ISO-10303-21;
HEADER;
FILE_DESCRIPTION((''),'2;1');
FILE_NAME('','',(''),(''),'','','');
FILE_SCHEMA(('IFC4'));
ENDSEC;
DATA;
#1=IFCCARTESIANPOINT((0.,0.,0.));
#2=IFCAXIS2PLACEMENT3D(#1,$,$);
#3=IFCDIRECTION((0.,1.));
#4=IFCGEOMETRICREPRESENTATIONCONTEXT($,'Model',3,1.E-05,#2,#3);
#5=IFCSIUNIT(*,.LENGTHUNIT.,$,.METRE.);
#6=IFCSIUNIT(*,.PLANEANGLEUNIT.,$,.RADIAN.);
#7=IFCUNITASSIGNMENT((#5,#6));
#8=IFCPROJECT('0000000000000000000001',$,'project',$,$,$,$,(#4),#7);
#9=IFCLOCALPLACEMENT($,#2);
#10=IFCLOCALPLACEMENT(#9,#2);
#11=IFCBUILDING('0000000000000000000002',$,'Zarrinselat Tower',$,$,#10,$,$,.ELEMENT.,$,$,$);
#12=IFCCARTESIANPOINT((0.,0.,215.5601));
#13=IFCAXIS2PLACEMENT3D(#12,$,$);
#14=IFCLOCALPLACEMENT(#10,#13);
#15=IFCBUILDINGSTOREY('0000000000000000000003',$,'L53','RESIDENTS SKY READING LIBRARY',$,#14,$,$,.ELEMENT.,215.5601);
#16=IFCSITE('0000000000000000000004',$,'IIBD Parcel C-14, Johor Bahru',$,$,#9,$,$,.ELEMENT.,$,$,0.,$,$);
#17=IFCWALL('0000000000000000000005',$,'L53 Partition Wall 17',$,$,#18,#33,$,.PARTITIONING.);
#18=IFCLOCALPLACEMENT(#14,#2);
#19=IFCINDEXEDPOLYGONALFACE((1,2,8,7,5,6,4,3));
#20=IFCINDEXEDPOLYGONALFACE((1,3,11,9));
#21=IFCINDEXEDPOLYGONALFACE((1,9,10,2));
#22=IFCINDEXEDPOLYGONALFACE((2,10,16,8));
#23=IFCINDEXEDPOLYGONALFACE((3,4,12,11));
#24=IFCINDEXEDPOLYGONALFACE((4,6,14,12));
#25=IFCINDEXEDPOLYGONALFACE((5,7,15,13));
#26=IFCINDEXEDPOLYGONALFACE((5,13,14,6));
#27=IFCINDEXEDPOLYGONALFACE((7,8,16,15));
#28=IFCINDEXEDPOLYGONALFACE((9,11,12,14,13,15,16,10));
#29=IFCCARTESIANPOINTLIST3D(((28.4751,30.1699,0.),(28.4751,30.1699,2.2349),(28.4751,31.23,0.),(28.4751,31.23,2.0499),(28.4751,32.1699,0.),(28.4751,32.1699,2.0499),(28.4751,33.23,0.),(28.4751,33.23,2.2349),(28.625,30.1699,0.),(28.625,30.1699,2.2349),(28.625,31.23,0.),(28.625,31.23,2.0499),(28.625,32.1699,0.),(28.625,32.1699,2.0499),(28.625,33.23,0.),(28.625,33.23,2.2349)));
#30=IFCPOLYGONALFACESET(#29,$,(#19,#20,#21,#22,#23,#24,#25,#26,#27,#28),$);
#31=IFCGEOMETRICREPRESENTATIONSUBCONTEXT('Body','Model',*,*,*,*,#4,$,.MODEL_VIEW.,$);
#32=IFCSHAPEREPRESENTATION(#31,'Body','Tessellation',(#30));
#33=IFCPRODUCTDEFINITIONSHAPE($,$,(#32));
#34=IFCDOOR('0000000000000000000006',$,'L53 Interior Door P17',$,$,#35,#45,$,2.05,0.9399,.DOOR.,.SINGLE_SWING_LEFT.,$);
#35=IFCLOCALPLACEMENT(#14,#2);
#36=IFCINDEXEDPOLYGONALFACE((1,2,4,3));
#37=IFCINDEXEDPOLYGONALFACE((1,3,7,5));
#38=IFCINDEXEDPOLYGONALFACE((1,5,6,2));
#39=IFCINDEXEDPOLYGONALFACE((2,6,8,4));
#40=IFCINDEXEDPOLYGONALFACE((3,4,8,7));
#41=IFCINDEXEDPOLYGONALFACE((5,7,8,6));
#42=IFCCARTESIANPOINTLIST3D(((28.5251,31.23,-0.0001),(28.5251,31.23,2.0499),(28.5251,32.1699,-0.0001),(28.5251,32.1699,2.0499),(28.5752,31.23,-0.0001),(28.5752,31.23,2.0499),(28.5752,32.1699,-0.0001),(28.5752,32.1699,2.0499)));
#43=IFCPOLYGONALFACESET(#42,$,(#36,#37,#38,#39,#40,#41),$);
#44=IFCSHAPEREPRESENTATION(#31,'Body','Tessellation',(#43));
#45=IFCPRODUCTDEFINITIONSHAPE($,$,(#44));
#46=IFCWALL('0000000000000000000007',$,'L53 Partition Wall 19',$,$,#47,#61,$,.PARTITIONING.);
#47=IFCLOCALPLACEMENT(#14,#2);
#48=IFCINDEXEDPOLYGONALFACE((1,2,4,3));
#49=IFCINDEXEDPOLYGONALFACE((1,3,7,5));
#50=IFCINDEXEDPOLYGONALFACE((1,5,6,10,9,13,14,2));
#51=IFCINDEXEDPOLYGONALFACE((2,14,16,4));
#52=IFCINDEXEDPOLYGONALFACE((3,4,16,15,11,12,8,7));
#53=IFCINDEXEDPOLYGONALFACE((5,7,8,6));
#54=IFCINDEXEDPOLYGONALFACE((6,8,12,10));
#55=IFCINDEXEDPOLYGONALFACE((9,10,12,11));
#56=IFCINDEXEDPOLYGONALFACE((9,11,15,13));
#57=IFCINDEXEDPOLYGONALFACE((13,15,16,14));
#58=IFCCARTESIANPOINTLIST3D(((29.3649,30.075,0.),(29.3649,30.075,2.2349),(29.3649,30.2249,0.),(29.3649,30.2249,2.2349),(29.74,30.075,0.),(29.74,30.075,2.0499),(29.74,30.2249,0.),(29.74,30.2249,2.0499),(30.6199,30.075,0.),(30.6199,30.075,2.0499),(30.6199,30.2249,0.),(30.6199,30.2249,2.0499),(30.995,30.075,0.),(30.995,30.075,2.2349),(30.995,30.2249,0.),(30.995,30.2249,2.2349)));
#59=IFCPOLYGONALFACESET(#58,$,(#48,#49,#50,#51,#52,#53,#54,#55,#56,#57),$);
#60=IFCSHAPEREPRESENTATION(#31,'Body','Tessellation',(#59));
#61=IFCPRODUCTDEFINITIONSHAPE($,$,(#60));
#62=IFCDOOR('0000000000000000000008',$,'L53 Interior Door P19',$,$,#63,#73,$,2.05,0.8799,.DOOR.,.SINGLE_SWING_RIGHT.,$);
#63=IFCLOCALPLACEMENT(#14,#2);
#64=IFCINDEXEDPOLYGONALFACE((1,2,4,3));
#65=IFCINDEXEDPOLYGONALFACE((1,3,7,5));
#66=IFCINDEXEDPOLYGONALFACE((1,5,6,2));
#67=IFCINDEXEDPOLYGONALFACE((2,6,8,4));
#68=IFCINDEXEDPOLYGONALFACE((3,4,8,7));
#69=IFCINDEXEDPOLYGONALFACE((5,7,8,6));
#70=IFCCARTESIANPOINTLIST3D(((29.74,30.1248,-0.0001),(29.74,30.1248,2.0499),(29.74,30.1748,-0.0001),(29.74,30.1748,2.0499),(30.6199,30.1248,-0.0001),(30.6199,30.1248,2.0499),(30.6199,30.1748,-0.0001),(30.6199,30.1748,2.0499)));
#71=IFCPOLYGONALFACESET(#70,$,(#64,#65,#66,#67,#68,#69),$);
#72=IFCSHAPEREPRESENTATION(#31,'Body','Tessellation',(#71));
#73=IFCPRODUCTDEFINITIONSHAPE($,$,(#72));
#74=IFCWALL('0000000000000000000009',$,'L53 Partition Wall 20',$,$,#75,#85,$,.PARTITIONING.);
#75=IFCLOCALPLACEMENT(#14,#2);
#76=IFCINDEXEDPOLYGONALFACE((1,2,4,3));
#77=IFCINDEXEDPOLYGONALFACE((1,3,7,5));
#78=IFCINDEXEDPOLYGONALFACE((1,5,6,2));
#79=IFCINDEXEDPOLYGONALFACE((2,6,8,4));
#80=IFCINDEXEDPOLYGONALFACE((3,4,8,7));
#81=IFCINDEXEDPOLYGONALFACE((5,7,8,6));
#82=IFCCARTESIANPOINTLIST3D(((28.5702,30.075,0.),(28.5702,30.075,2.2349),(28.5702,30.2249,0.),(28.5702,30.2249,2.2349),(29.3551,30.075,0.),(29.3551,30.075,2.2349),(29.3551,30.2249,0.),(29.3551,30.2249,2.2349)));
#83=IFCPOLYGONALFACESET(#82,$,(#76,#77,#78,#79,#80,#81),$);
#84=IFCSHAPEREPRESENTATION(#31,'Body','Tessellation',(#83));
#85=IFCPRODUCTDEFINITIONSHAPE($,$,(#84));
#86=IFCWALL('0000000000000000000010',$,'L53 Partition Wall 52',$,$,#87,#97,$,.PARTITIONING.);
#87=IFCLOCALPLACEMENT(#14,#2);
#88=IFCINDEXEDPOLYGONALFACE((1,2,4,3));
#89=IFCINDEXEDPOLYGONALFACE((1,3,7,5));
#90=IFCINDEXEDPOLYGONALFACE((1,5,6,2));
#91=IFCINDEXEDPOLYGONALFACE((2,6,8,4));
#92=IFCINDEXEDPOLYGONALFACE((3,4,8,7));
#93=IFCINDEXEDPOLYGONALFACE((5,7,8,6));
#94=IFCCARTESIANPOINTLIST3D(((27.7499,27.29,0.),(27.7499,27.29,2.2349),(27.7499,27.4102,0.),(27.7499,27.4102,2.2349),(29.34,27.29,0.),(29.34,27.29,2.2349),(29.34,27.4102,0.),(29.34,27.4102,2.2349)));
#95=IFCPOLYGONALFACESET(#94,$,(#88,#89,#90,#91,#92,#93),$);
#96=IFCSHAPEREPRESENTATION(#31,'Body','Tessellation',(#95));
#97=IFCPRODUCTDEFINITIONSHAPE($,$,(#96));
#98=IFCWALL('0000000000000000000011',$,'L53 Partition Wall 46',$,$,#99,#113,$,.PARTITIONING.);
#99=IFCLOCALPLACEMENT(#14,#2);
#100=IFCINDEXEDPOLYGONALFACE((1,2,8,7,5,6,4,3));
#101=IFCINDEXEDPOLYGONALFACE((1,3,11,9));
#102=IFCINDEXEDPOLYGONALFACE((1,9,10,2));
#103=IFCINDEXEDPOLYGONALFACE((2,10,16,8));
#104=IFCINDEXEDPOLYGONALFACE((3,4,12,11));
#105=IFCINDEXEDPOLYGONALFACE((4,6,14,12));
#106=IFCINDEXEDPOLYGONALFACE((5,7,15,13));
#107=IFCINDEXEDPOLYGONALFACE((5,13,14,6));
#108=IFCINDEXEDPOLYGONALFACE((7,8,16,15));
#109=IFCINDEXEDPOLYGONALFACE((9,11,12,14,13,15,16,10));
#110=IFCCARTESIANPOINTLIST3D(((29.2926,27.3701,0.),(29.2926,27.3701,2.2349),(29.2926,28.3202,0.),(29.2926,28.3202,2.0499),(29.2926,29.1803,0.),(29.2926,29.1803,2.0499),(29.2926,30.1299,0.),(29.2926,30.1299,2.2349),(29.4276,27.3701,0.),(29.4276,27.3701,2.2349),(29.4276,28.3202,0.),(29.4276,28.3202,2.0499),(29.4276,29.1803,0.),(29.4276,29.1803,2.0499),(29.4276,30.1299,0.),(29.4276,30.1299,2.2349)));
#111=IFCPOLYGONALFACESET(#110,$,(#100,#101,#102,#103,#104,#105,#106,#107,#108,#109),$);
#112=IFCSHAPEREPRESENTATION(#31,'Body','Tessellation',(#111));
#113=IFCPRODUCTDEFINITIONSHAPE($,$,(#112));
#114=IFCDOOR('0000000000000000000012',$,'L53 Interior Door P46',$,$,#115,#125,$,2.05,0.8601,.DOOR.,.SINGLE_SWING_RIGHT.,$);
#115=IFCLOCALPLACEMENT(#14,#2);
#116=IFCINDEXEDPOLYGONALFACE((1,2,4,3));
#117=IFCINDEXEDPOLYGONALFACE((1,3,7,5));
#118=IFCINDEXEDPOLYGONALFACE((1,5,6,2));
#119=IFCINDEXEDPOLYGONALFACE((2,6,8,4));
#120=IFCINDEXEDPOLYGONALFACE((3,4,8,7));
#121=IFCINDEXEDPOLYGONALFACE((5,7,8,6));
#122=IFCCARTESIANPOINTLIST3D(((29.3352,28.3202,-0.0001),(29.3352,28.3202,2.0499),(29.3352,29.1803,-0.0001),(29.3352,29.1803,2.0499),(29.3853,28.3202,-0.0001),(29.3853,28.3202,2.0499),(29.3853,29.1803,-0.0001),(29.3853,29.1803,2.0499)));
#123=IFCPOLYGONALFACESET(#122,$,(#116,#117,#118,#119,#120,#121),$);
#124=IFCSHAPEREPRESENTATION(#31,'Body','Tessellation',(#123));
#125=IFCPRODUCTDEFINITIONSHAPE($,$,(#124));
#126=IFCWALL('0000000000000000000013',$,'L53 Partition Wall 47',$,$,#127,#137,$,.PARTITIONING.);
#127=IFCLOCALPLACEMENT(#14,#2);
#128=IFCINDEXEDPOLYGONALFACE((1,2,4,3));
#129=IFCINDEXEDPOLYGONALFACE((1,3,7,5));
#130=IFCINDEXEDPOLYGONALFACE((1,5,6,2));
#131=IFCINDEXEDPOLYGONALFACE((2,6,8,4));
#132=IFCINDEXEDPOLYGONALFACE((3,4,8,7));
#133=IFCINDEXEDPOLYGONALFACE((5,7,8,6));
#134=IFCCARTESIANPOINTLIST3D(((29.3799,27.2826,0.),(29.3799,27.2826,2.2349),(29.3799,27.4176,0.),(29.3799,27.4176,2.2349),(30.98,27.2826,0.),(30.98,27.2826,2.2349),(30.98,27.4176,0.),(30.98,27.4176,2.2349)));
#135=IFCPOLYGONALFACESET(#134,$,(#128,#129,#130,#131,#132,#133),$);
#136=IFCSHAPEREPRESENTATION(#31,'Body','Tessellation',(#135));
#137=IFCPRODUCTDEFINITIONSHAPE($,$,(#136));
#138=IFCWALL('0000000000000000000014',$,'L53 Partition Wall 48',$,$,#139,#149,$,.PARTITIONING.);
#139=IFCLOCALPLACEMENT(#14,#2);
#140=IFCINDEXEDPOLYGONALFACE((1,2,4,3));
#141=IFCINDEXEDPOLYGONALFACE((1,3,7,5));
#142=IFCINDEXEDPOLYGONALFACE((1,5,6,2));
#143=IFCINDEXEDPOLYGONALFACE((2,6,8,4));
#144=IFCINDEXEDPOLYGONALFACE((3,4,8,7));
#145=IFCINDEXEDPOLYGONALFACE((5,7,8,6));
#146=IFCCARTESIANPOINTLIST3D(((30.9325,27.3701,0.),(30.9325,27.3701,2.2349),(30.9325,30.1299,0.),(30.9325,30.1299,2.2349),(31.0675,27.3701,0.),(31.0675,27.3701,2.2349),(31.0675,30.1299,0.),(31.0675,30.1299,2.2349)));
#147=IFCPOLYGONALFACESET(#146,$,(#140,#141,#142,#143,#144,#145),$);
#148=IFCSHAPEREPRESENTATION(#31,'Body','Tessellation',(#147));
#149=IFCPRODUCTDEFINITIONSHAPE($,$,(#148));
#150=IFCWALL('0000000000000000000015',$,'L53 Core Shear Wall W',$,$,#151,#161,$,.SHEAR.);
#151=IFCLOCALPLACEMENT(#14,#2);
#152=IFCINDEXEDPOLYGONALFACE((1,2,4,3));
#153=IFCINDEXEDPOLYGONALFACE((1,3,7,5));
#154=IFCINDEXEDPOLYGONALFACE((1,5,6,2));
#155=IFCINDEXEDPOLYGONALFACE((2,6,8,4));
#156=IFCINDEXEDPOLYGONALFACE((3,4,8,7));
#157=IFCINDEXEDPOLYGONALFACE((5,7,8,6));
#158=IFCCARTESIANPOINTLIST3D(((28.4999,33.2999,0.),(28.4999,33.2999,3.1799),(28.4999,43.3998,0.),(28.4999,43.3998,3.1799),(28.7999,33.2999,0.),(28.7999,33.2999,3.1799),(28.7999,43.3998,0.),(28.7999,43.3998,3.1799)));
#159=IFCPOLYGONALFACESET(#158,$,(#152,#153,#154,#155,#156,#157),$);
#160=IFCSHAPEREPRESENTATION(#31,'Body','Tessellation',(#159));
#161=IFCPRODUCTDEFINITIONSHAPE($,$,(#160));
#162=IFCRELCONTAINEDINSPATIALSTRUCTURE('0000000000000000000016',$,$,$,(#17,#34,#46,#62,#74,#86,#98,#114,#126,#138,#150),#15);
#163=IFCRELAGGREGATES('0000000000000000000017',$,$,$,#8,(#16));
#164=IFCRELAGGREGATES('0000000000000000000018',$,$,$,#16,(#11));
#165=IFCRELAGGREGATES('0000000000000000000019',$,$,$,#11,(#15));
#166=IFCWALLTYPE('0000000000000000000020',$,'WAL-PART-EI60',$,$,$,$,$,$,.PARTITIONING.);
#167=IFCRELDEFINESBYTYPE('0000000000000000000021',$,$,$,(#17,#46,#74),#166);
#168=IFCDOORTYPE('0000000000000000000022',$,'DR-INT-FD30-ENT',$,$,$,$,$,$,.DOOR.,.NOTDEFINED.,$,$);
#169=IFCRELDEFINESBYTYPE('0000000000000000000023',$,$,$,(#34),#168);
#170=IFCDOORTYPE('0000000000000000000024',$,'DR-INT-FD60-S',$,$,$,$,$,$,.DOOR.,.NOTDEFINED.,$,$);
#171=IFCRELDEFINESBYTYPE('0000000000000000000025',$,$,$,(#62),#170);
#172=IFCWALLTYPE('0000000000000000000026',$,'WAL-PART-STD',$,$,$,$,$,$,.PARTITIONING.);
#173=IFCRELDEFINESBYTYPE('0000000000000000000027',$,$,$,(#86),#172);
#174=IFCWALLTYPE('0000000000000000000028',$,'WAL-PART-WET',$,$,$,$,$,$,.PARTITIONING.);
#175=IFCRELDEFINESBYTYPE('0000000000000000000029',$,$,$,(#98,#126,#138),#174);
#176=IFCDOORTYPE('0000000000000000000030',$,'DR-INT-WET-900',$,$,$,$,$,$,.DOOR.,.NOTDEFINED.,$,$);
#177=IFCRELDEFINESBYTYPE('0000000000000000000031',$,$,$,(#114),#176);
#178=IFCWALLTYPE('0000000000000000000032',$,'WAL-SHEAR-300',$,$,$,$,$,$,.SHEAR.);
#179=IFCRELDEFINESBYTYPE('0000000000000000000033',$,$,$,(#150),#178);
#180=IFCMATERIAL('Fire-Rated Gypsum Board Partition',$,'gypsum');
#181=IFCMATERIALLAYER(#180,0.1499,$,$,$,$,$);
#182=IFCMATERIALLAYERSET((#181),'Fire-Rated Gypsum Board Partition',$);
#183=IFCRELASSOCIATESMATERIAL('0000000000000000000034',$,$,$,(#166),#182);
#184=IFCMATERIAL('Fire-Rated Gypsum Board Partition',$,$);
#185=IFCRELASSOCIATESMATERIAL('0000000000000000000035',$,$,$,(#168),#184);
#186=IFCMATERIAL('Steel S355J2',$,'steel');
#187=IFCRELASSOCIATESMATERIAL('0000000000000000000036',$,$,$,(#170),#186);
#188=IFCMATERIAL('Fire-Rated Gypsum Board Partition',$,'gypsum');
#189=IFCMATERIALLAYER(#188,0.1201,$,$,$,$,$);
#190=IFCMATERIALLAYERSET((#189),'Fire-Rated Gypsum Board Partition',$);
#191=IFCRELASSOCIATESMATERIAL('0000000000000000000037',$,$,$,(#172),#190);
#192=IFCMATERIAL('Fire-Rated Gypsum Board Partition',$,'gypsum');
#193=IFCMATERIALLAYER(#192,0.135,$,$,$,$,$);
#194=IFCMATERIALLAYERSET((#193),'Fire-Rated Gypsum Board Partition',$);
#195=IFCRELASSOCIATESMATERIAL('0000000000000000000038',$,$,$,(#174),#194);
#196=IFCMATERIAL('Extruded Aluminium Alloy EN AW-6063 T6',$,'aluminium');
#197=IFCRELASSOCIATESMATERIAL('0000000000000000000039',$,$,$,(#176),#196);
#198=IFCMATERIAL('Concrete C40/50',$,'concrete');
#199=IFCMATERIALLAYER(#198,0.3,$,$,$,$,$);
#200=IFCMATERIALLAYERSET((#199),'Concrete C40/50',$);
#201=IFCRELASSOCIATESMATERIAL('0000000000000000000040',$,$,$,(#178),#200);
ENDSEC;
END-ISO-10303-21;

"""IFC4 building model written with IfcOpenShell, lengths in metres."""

from ifc_helpers import new_model, si_unit, direction, frame, frame_2d, origin, place, context, subcontext, project, spatial, rectangle, extrude, material, layer, layer_set, type_object, element, fill, save


model = new_model("IFC4")

# Units and contexts
model_context = context("Model", 3, precision=1e-05, world=origin(), true_north=direction((0.0, 1.0)))
body_context = subcontext(model_context, "Body", "Model", "MODEL_VIEW")
ifc_project = project(units=[si_unit("LENGTHUNIT", "METRE"), si_unit("PLANEANGLEUNIT", "RADIAN")], contexts=[model_context])

# Site, building, storey
site_placement = place(None, origin())
site = spatial("IfcSite", under=ifc_project, at=site_placement, Name="IIBD Parcel C-14, Johor Bahru", CompositionType="ELEMENT", RefElevation=0.0)
building_placement = place(site_placement, origin())
building = spatial("IfcBuilding", under=site, at=building_placement, Name="Zarrinselat Tower", CompositionType="ELEMENT")
storey_placement = place(building_placement, frame((0.0, 0.0, 215.5601)))
storey = spatial("IfcBuildingStorey", under=building, at=storey_placement, Name="L53", Description="RESIDENTS SKY READING LIBRARY", CompositionType="ELEMENT", Elevation=215.5601)

# Walls, openings, doors
ifc_material_1 = material(Name="Fire-Rated Gypsum Board Partition", Category="gypsum")
ifc_layer_1 = layer(ifc_material_1, 0.1499)
ifc_layer_set_1 = layer_set([ifc_layer_1], Name="Fire-Rated Gypsum Board Partition")
wall_type_1 = type_object("IfcWallType", Name="WAL-PART-EI60", PredefinedType="PARTITIONING", material=ifc_layer_set_1)
wall_1_placement = place(storey_placement, frame((28.55, 30.1699, 0.0), z_axis=(0.0, 0.0, 1.0), x_axis=(0.0, 1.0, 0.0)))
wall_1 = element("IfcWall", 1, at=wall_1_placement, inside=storey, type_object=wall_type_1, Name="L53 Partition Wall 17", PredefinedType="PARTITIONING", context=body_context, shape_type="SweptSolid", body=[
    extrude(rectangle(XDim=3.0601, YDim=0.1499, at=frame_2d((1.53, 0.0))), origin(), (0.0, 0.0, 1.0), 2.2349),
])
opening_1_placement = place(wall_1_placement, frame((1.0601, 0.0, 0.0)))
opening_1 = element("IfcOpeningElement", 2, at=opening_1_placement, cuts=wall_1, PredefinedType="OPENING", context=body_context, shape_type="SweptSolid", body=[
    extrude(rectangle(XDim=0.9399, YDim=2.05, at=frame_2d((0.47, 1.0249))), frame((0.0, 0.085, 0.0), z_axis=(0.0, -1.0, 0.0), x_axis=(1.0, 0.0, 0.0)), (0.0, 0.0, 1.0), 0.1699),
])
ifc_material_2 = material(Name="Fire-Rated Gypsum Board Partition")
door_type_1 = type_object("IfcDoorType", Name="DR-INT-FD30-ENT", OperationType="NOTDEFINED", PredefinedType="DOOR", material=ifc_material_2)
door_1_placement = place(opening_1_placement, origin())
door_1 = element("IfcDoor", 3, at=door_1_placement, inside=storey, type_object=door_type_1, Name="L53 Interior Door P17", OperationType="SINGLE_SWING_LEFT", OverallHeight=2.05, OverallWidth=0.9399, PredefinedType="DOOR", context=body_context, shape_type="SweptSolid", body=[
    extrude(rectangle(XDim=0.9399, YDim=2.05, at=frame_2d((0.47, 1.0249))), frame((0.0, 0.0249, 0.0), z_axis=(0.0, -1.0, 0.0), x_axis=(1.0, 0.0, 0.0)), (0.0, 0.0, 1.0), 0.05),
])
fill(opening_1, door_1)
wall_2_placement = place(storey_placement, frame((29.365, 30.1499, 0.0), z_axis=(0.0, 0.0, 1.0), x_axis=(1.0, 0.0, 0.0)))
wall_2 = element("IfcWall", 4, at=wall_2_placement, inside=storey, type_object=wall_type_1, Name="L53 Partition Wall 19", PredefinedType="PARTITIONING", context=body_context, shape_type="SweptSolid", body=[
    extrude(rectangle(XDim=1.6301, YDim=0.1499, at=frame_2d((0.8149, 0.0))), origin(), (0.0, 0.0, 1.0), 2.2349),
])
opening_2_placement = place(wall_2_placement, frame((0.375, 0.0, 0.0)))
opening_2 = element("IfcOpeningElement", 5, at=opening_2_placement, cuts=wall_2, PredefinedType="OPENING", context=body_context, shape_type="SweptSolid", body=[
    extrude(rectangle(XDim=0.8799, YDim=2.05, at=frame_2d((0.4399, 1.0249))), frame((0.0, 0.085, 0.0), z_axis=(0.0, -1.0, 0.0), x_axis=(1.0, 0.0, 0.0)), (0.0, 0.0, 1.0), 0.1699),
])
ifc_material_3 = material(Name="Steel S355J2", Category="steel")
door_type_2 = type_object("IfcDoorType", Name="DR-INT-FD60-S", OperationType="NOTDEFINED", PredefinedType="DOOR", material=ifc_material_3)
door_2_placement = place(opening_2_placement, origin())
door_2 = element("IfcDoor", 6, at=door_2_placement, inside=storey, type_object=door_type_2, Name="L53 Interior Door P19", OperationType="SINGLE_SWING_RIGHT", OverallHeight=2.05, OverallWidth=0.8799, PredefinedType="DOOR", context=body_context, shape_type="SweptSolid", body=[
    extrude(rectangle(XDim=0.8799, YDim=2.05, at=frame_2d((0.4399, 1.0249))), frame((0.0, 0.0249, 0.0), z_axis=(0.0, -1.0, 0.0), x_axis=(1.0, 0.0, 0.0)), (0.0, 0.0, 1.0), 0.05),
])
fill(opening_2, door_2)

# Walls
wall_3_placement = place(storey_placement, frame((28.5701, 30.1499, 0.0), z_axis=(0.0, 0.0, 1.0), x_axis=(1.0, 0.0, 0.0)))
element("IfcWall", 7, at=wall_3_placement, inside=storey, type_object=wall_type_1, Name="L53 Partition Wall 20", PredefinedType="PARTITIONING", context=body_context, shape_type="SweptSolid", body=[
    extrude(rectangle(XDim=0.7849, YDim=0.1499, at=frame_2d((0.3926, 0.0))), origin(), (0.0, 0.0, 1.0), 2.2349),
])
ifc_material_4 = material(Name="Fire-Rated Gypsum Board Partition", Category="gypsum")
ifc_layer_2 = layer(ifc_material_4, 0.1201)
ifc_layer_set_2 = layer_set([ifc_layer_2], Name="Fire-Rated Gypsum Board Partition")
wall_type_2 = type_object("IfcWallType", Name="WAL-PART-STD", PredefinedType="PARTITIONING", material=ifc_layer_set_2)
wall_4_placement = place(storey_placement, frame((27.75, 27.3501, 0.0), z_axis=(0.0, 0.0, 1.0), x_axis=(1.0, 0.0, 0.0)))
element("IfcWall", 8, at=wall_4_placement, inside=storey, type_object=wall_type_2, Name="L53 Partition Wall 52", PredefinedType="PARTITIONING", context=body_context, shape_type="SweptSolid", body=[
    extrude(rectangle(XDim=1.5901, YDim=0.1201, at=frame_2d((0.7949, 0.0))), origin(), (0.0, 0.0, 1.0), 2.2349),
])

# Wall, opening, door
ifc_material_5 = material(Name="Fire-Rated Gypsum Board Partition", Category="gypsum")
ifc_layer_3 = layer(ifc_material_5, 0.135)
ifc_layer_set_3 = layer_set([ifc_layer_3], Name="Fire-Rated Gypsum Board Partition")
wall_type_3 = type_object("IfcWallType", Name="WAL-PART-WET", PredefinedType="PARTITIONING", material=ifc_layer_set_3)
wall_5_placement = place(storey_placement, frame((29.3601, 27.3701, 0.0), z_axis=(0.0, 0.0, 1.0), x_axis=(0.0, 1.0, 0.0)))
wall_5 = element("IfcWall", 9, at=wall_5_placement, inside=storey, type_object=wall_type_3, Name="L53 Partition Wall 46", PredefinedType="PARTITIONING", context=body_context, shape_type="SweptSolid", body=[
    extrude(rectangle(XDim=2.7598, YDim=0.135, at=frame_2d((1.3799, 0.0))), origin(), (0.0, 0.0, 1.0), 2.2349),
])
opening_3_placement = place(wall_5_placement, frame((0.95, 0.0, 0.0)))
opening_3 = element("IfcOpeningElement", 10, at=opening_3_placement, cuts=wall_5, PredefinedType="OPENING", context=body_context, shape_type="SweptSolid", body=[
    extrude(rectangle(XDim=0.8601, YDim=2.05, at=frame_2d((0.4302, 1.0249))), frame((0.0, 0.0774, 0.0), z_axis=(0.0, -1.0, 0.0), x_axis=(1.0, 0.0, 0.0)), (0.0, 0.0, 1.0), 0.155),
])
ifc_material_6 = material(Name="Extruded Aluminium Alloy EN AW-6063 T6", Category="aluminium")
door_type_3 = type_object("IfcDoorType", Name="DR-INT-WET-900", OperationType="NOTDEFINED", PredefinedType="DOOR", material=ifc_material_6)
door_3_placement = place(opening_3_placement, origin())
door_3 = element("IfcDoor", 11, at=door_3_placement, inside=storey, type_object=door_type_3, Name="L53 Interior Door P46", OperationType="SINGLE_SWING_RIGHT", OverallHeight=2.05, OverallWidth=0.8601, PredefinedType="DOOR", context=body_context, shape_type="SweptSolid", body=[
    extrude(rectangle(XDim=0.8601, YDim=2.05, at=frame_2d((0.4302, 1.0249))), frame((0.0, 0.0249, 0.0), z_axis=(0.0, -1.0, 0.0), x_axis=(1.0, 0.0, 0.0)), (0.0, 0.0, 1.0), 0.05),
])
fill(opening_3, door_3)

# Walls
wall_6_placement = place(storey_placement, frame((29.3799, 27.3501, 0.0), z_axis=(0.0, 0.0, 1.0), x_axis=(1.0, 0.0, 0.0)))
element("IfcWall", 12, at=wall_6_placement, inside=storey, type_object=wall_type_3, Name="L53 Partition Wall 47", PredefinedType="PARTITIONING", context=body_context, shape_type="SweptSolid", body=[
    extrude(rectangle(XDim=1.6001, YDim=0.135, at=frame_2d((0.8, 0.0))), origin(), (0.0, 0.0, 1.0), 2.2349),
])
wall_7_placement = place(storey_placement, frame((31.0, 27.3701, 0.0), z_axis=(0.0, 0.0, 1.0), x_axis=(0.0, 1.0, 0.0)))
element("IfcWall", 13, at=wall_7_placement, inside=storey, type_object=wall_type_3, Name="L53 Partition Wall 48", PredefinedType="PARTITIONING", context=body_context, shape_type="SweptSolid", body=[
    extrude(rectangle(XDim=2.7598, YDim=0.135, at=frame_2d((1.3799, 0.0))), origin(), (0.0, 0.0, 1.0), 2.2349),
])

# Shared definitions
ifc_material_7 = material(Name="Concrete C40/50", Category="concrete")
ifc_layer_4 = layer(ifc_material_7, 0.3)
ifc_layer_set_4 = layer_set([ifc_layer_4], Name="Concrete C40/50")
wall_type_4 = type_object("IfcWallType", Name="WAL-SHEAR-300", PredefinedType="SHEAR", material=ifc_layer_set_4)

# Wall
wall_8_placement = place(storey_placement, frame((28.6499, 33.3, 0.0), z_axis=(0.0, 0.0, 1.0), x_axis=(0.0, 1.0, 0.0)))
element("IfcWall", 14, at=wall_8_placement, inside=storey, type_object=wall_type_4, Name="L53 Core Shear Wall W", PredefinedType="SHEAR", context=body_context, shape_type="SweptSolid", body=[
    extrude(rectangle(XDim=10.0999, YDim=0.3, at=frame_2d((5.0498, 0.0))), origin(), (0.0, 0.0, 1.0), 3.1799),
])

save(model, "model.ifc")
